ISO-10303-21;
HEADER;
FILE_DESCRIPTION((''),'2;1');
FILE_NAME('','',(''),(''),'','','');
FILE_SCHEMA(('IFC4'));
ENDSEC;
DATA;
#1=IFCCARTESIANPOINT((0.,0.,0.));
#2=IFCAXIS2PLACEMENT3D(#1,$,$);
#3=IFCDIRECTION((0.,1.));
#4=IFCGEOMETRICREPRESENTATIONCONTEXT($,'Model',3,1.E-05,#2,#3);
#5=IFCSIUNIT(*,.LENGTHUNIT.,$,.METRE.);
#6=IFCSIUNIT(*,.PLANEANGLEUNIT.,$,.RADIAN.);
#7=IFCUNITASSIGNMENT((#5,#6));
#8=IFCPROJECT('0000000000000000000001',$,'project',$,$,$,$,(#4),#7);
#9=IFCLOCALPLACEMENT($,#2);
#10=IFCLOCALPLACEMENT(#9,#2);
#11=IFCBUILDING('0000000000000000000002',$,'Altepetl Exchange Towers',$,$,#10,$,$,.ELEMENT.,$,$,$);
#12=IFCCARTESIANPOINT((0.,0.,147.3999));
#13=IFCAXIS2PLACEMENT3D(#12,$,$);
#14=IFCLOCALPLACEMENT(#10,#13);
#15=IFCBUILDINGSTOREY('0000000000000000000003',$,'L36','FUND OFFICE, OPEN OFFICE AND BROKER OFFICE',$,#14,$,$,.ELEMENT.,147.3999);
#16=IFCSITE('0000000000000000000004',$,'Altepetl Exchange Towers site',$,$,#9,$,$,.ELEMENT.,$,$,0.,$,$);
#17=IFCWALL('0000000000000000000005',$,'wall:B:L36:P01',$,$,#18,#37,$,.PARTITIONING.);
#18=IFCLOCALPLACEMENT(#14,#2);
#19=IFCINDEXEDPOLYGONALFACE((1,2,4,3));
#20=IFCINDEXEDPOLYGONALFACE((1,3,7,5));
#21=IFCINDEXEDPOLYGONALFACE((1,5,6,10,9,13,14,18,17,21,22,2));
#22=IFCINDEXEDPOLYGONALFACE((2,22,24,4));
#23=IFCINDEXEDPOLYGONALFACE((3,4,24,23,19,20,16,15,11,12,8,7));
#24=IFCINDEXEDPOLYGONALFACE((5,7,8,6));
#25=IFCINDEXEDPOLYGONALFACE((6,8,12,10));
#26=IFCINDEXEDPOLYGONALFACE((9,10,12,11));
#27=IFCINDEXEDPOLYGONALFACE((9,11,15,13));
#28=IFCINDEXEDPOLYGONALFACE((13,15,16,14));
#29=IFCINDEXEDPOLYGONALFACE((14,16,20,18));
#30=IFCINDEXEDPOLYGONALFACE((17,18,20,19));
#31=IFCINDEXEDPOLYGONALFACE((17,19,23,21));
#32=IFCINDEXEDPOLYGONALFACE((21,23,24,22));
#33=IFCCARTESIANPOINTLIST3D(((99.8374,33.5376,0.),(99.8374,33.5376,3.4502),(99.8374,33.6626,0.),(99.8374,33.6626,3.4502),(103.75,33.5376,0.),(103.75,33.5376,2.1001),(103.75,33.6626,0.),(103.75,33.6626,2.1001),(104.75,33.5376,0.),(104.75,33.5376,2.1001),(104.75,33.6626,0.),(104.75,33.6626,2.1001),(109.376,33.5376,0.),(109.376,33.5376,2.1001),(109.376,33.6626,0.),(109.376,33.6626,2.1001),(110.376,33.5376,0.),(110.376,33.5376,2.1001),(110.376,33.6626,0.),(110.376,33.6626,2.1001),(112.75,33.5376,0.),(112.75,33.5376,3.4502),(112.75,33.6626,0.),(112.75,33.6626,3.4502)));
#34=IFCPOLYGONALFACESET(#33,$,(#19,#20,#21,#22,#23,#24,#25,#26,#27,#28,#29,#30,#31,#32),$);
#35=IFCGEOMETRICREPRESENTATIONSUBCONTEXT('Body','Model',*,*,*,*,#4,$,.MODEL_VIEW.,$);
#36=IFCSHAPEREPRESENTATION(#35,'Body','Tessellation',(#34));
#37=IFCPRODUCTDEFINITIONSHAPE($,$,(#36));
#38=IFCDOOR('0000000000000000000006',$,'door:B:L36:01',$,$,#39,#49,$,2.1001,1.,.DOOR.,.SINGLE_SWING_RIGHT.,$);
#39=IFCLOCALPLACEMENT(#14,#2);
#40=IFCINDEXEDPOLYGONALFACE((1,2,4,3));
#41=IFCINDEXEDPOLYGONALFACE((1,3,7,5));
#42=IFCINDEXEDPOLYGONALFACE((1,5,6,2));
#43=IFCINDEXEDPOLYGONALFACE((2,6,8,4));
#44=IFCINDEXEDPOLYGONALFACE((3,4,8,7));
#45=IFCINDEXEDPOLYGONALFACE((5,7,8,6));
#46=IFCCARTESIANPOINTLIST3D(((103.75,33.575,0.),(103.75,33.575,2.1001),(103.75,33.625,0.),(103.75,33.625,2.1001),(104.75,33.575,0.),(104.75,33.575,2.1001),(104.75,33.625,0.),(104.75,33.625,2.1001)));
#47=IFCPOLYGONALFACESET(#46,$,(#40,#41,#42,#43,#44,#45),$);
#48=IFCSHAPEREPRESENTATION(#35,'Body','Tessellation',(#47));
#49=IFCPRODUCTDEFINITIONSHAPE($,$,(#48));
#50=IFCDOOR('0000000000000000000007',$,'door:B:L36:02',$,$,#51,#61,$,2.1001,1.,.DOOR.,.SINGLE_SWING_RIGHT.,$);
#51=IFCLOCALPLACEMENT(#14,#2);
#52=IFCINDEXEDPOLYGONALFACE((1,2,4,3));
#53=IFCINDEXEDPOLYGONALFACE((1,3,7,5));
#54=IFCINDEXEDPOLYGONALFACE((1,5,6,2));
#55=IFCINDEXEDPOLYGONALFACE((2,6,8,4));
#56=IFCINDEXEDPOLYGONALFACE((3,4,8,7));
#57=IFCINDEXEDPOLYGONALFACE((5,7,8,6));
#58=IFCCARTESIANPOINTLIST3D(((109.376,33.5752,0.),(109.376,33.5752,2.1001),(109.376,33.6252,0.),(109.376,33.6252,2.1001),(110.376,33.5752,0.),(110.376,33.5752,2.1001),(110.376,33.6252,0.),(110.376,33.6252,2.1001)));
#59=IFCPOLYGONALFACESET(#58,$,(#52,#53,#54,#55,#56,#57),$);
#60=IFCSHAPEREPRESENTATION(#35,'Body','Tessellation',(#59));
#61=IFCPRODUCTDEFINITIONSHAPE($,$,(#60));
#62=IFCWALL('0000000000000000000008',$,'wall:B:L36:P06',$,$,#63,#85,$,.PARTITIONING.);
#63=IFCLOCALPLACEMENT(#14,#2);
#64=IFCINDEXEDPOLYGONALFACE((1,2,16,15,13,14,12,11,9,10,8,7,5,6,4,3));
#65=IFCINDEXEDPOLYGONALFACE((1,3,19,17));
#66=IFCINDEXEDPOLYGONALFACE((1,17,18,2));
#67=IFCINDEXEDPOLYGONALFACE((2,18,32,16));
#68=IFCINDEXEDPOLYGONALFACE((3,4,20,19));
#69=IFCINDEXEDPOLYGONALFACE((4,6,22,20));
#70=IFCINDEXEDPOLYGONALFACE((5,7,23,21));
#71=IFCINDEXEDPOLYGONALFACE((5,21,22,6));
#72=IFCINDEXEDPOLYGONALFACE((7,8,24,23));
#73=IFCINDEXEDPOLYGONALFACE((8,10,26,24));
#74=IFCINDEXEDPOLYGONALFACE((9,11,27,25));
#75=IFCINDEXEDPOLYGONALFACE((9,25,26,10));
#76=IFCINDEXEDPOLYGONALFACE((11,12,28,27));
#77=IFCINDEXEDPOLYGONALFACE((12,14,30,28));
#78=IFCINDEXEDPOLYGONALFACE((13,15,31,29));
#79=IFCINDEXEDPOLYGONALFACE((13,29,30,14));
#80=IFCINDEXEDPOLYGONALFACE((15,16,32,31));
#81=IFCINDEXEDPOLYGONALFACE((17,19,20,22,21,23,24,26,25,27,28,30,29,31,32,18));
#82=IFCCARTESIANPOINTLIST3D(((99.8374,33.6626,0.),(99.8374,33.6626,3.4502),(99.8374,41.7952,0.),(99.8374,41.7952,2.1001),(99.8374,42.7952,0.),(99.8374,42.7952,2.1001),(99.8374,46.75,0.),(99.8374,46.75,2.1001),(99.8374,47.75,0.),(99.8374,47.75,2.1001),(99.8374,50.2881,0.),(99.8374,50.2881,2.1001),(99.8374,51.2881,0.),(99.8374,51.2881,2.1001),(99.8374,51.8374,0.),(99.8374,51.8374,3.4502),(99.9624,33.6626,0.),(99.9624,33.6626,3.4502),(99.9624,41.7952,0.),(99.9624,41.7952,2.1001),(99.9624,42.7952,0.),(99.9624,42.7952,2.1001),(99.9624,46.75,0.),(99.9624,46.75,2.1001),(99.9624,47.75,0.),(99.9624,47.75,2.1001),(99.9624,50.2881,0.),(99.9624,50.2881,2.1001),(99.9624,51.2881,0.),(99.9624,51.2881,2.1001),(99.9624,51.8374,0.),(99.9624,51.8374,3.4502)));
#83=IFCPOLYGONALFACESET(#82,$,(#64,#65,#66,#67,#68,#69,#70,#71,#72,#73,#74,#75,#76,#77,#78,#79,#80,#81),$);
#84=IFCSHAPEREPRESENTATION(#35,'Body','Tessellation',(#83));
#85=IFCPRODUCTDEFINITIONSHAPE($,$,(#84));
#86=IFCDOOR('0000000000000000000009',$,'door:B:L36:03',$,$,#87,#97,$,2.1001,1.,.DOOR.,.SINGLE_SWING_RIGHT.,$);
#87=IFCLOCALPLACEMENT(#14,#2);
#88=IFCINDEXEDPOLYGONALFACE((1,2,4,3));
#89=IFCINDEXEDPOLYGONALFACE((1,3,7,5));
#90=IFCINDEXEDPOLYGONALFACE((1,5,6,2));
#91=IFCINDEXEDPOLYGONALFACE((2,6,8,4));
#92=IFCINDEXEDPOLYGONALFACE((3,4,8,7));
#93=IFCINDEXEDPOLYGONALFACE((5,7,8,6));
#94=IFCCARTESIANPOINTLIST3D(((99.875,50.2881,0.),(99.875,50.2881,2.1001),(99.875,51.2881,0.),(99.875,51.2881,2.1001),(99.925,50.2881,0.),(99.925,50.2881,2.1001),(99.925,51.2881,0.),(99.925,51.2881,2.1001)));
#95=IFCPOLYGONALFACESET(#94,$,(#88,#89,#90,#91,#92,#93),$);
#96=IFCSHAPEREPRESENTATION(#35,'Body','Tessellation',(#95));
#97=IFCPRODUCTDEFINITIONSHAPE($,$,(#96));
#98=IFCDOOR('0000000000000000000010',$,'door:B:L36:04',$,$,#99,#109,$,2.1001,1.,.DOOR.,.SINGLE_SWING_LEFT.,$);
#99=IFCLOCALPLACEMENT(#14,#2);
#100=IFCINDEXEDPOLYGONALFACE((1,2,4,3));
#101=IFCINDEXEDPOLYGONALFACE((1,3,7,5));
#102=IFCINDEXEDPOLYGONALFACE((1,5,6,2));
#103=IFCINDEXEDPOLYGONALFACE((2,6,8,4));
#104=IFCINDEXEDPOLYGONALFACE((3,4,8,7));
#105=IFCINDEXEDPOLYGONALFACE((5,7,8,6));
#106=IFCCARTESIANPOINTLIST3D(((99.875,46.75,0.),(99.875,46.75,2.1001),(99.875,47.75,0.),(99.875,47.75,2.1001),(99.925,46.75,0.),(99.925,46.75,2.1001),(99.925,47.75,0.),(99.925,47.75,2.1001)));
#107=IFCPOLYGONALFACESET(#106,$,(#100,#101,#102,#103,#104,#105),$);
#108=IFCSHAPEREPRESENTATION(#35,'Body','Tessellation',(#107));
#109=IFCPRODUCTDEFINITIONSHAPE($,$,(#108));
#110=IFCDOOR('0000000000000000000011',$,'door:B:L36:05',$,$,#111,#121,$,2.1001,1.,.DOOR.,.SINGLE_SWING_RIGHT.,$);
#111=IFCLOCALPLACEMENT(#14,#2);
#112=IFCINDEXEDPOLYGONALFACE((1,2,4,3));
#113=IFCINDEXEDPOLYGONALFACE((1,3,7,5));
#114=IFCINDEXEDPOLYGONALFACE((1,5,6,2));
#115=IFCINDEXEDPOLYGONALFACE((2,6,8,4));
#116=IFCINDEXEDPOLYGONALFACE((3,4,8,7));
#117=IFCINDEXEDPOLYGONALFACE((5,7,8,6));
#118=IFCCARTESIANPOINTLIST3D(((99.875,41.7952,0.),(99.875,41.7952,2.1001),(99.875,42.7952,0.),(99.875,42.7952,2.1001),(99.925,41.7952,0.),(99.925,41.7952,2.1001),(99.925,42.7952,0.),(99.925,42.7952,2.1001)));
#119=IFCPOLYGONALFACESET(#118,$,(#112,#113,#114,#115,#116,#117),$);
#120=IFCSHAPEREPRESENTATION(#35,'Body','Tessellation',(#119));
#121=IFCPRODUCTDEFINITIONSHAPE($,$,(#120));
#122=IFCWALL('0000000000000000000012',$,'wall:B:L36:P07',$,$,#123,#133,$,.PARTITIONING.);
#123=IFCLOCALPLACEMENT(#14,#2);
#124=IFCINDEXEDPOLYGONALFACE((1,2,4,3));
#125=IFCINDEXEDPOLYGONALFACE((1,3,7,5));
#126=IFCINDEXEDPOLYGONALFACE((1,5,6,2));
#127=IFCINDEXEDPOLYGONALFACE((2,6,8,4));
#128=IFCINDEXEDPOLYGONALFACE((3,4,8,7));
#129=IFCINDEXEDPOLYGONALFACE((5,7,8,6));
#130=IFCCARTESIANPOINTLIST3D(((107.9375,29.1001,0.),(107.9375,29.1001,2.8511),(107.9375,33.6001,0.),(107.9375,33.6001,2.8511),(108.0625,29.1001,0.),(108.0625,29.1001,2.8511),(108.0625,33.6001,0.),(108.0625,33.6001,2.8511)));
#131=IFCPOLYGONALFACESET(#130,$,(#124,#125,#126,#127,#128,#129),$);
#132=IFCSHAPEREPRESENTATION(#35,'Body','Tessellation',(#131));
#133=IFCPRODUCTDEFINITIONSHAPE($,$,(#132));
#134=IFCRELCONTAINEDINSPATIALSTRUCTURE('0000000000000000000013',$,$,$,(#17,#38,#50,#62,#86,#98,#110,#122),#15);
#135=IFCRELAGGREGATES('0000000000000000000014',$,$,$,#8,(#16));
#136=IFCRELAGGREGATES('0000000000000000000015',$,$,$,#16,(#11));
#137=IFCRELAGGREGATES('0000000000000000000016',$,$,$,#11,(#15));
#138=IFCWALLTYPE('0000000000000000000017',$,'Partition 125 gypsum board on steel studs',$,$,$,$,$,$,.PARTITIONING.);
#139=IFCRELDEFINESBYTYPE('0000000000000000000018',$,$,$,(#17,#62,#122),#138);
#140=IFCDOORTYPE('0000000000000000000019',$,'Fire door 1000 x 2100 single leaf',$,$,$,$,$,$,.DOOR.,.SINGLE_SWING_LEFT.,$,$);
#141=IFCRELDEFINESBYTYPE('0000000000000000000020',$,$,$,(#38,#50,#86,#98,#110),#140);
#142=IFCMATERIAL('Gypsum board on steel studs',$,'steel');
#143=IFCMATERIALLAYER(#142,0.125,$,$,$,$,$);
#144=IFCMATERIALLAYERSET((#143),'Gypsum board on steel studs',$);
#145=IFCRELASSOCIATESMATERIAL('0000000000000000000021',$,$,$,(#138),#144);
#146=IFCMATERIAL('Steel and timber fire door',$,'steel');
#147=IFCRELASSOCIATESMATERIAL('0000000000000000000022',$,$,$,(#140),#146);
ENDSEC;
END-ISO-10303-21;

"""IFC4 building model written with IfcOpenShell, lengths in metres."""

from ifc_helpers import new_model, si_unit, direction, frame, frame_2d, origin, place, context, subcontext, project, spatial, rectangle, extrude, material, layer, layer_set, type_object, element, fill, save


model = new_model("IFC4")

# Units and contexts
model_context = context("Model", 3, precision=1e-05, world=origin(), true_north=direction((0.0, 1.0)))
body_context = subcontext(model_context, "Body", "Model", "MODEL_VIEW")
ifc_project = project(units=[si_unit("LENGTHUNIT", "METRE"), si_unit("PLANEANGLEUNIT", "RADIAN")], contexts=[model_context])

# Site, building, storey
site_placement = place(None, origin())
site = spatial("IfcSite", under=ifc_project, at=site_placement, Name="Altepetl Exchange Towers site", CompositionType="ELEMENT", RefElevation=0.0)
building_placement = place(site_placement, origin())
building = spatial("IfcBuilding", under=site, at=building_placement, Name="Altepetl Exchange Towers", CompositionType="ELEMENT")
storey_placement = place(building_placement, frame((0.0, 0.0, 147.3999)))
storey = spatial("IfcBuildingStorey", under=building, at=storey_placement, Name="L36", Description="FUND OFFICE, OPEN OFFICE AND BROKER OFFICE", CompositionType="ELEMENT", Elevation=147.3999)

# Walls, openings, doors
ifc_material_1 = material(Name="Gypsum board on steel studs", Category="steel")
ifc_layer_1 = layer(ifc_material_1, 0.125)
ifc_layer_set_1 = layer_set([ifc_layer_1], Name="Gypsum board on steel studs")
wall_type_1 = type_object("IfcWallType", Name="Partition 125 gypsum board on steel studs", PredefinedType="PARTITIONING", material=ifc_layer_set_1)
wall_1_placement = place(storey_placement, frame((99.8374, 33.6001, 0.0)))
wall_1 = element("IfcWall", 1, at=wall_1_placement, inside=storey, type_object=wall_type_1, Name="wall:B:L36:P01", PredefinedType="PARTITIONING", context=body_context, shape_type="SweptSolid", body=[
    extrude(rectangle(XDim=12.9126, YDim=0.125, at=frame_2d((6.4563, 0.0))), origin(), (0.0, 0.0, 1.0), 3.4502),
])
opening_1_placement = place(wall_1_placement, frame((3.9126, 0.0, 0.0)))
opening_1 = element("IfcOpeningElement", 2, at=opening_1_placement, cuts=wall_1, PredefinedType="OPENING", context=body_context, shape_type="SweptSolid", body=[
    extrude(rectangle(XDim=1.0, YDim=2.1001, at=frame_2d((0.5, 1.05))), frame((0.0, 0.0725, 0.0), z_axis=(0.0, -1.0, 0.0), x_axis=(1.0, 0.0, 0.0)), (0.0, 0.0, 1.0), 0.145),
])
opening_2_placement = place(wall_1_placement, frame((9.5386, 0.0, 0.0)))
opening_2 = element("IfcOpeningElement", 3, at=opening_2_placement, cuts=wall_1, PredefinedType="OPENING", context=body_context, shape_type="SweptSolid", body=[
    extrude(rectangle(XDim=1.0, YDim=2.1001, at=frame_2d((0.5, 1.05))), frame((0.0, 0.0725, 0.0), z_axis=(0.0, -1.0, 0.0), x_axis=(1.0, 0.0, 0.0)), (0.0, 0.0, 1.0), 0.145),
])
ifc_material_2 = material(Name="Steel and timber fire door", Category="steel")
door_type_1 = type_object("IfcDoorType", Name="Fire door 1000 x 2100 single leaf", OperationType="SINGLE_SWING_LEFT", PredefinedType="DOOR", material=ifc_material_2)
door_1_placement = place(opening_1_placement, origin())
door_1 = element("IfcDoor", 4, at=door_1_placement, inside=storey, type_object=door_type_1, Name="door:B:L36:01", OperationType="SINGLE_SWING_RIGHT", OverallHeight=2.1001, OverallWidth=1.0, PredefinedType="DOOR", context=body_context, shape_type="SweptSolid", body=[
    extrude(rectangle(XDim=1.0, YDim=2.1001, at=frame_2d((0.5, 1.05))), frame((0.0, 0.0249, 0.0), z_axis=(0.0, -1.0, 0.0), x_axis=(1.0, 0.0, 0.0)), (0.0, 0.0, 1.0), 0.05),
])
fill(opening_1, door_1)
door_2_placement = place(opening_2_placement, frame((1.0, 0.0, 0.0), x_axis=(-1.0, 0.0, 0.0)))
door_2 = element("IfcDoor", 5, at=door_2_placement, inside=storey, type_object=door_type_1, Name="door:B:L36:02", OperationType="SINGLE_SWING_RIGHT", OverallHeight=2.1001, OverallWidth=1.0, PredefinedType="DOOR", context=body_context, shape_type="SweptSolid", body=[
    extrude(rectangle(XDim=1.0, YDim=2.1001, at=frame_2d((0.5, 1.05))), frame((0.0, 0.0249, 0.0), z_axis=(0.0, -1.0, 0.0), x_axis=(1.0, 0.0, 0.0)), (0.0, 0.0, 1.0), 0.05),
])
fill(opening_2, door_2)
wall_2_placement = place(storey_placement, frame((99.8999, 33.6626, 0.0), z_axis=(0.0, 0.0, 1.0), x_axis=(0.0, 1.0, 0.0)))
wall_2 = element("IfcWall", 6, at=wall_2_placement, inside=storey, type_object=wall_type_1, Name="wall:B:L36:P06", PredefinedType="PARTITIONING", context=body_context, shape_type="SweptSolid", body=[
    extrude(rectangle(XDim=18.1748, YDim=0.125, at=frame_2d((9.0874, 0.0))), origin(), (0.0, 0.0, 1.0), 3.4502),
])
opening_3_placement = place(wall_2_placement, frame((16.6255, 0.0, 0.0)))
opening_3 = element("IfcOpeningElement", 7, at=opening_3_placement, cuts=wall_2, PredefinedType="OPENING", context=body_context, shape_type="SweptSolid", body=[
    extrude(rectangle(XDim=1.0, YDim=2.1001, at=frame_2d((0.5, 1.05))), frame((0.0, 0.0725, 0.0), z_axis=(0.0, -1.0, 0.0), x_axis=(1.0, 0.0, 0.0)), (0.0, 0.0, 1.0), 0.145),
])
opening_4_placement = place(wall_2_placement, frame((13.0874, 0.0, 0.0)))
opening_4 = element("IfcOpeningElement", 8, at=opening_4_placement, cuts=wall_2, PredefinedType="OPENING", context=body_context, shape_type="SweptSolid", body=[
    extrude(rectangle(XDim=1.0, YDim=2.1001, at=frame_2d((0.5, 1.05))), frame((0.0, 0.0725, 0.0), z_axis=(0.0, -1.0, 0.0), x_axis=(1.0, 0.0, 0.0)), (0.0, 0.0, 1.0), 0.145),
])
opening_5_placement = place(wall_2_placement, frame((8.1326, 0.0, 0.0)))
opening_5 = element("IfcOpeningElement", 9, at=opening_5_placement, cuts=wall_2, PredefinedType="OPENING", context=body_context, shape_type="SweptSolid", body=[
    extrude(rectangle(XDim=1.0, YDim=2.1001, at=frame_2d((0.5, 1.05))), frame((0.0, 0.0725, 0.0), z_axis=(0.0, -1.0, 0.0), x_axis=(1.0, 0.0, 0.0)), (0.0, 0.0, 1.0), 0.145),
])
door_3_placement = place(opening_3_placement, origin())
door_3 = element("IfcDoor", 10, at=door_3_placement, inside=storey, type_object=door_type_1, Name="door:B:L36:03", OperationType="SINGLE_SWING_RIGHT", OverallHeight=2.1001, OverallWidth=1.0, PredefinedType="DOOR", context=body_context, shape_type="SweptSolid", body=[
    extrude(rectangle(XDim=1.0, YDim=2.1001, at=frame_2d((0.5, 1.05))), frame((0.0, 0.0249, 0.0), z_axis=(0.0, -1.0, 0.0), x_axis=(1.0, 0.0, 0.0)), (0.0, 0.0, 1.0), 0.05),
])
fill(opening_3, door_3)
door_4_placement = place(opening_4_placement, origin())
door_4 = element("IfcDoor", 11, at=door_4_placement, inside=storey, type_object=door_type_1, Name="door:B:L36:04", OperationType="SINGLE_SWING_LEFT", OverallHeight=2.1001, OverallWidth=1.0, PredefinedType="DOOR", context=body_context, shape_type="SweptSolid", body=[
    extrude(rectangle(XDim=1.0, YDim=2.1001, at=frame_2d((0.5, 1.05))), frame((0.0, 0.0249, 0.0), z_axis=(0.0, -1.0, 0.0), x_axis=(1.0, 0.0, 0.0)), (0.0, 0.0, 1.0), 0.05),
])
fill(opening_4, door_4)
door_5_placement = place(opening_5_placement, origin())
door_5 = element("IfcDoor", 12, at=door_5_placement, inside=storey, type_object=door_type_1, Name="door:B:L36:05", OperationType="SINGLE_SWING_RIGHT", OverallHeight=2.1001, OverallWidth=1.0, PredefinedType="DOOR", context=body_context, shape_type="SweptSolid", body=[
    extrude(rectangle(XDim=1.0, YDim=2.1001, at=frame_2d((0.5, 1.05))), frame((0.0, 0.0249, 0.0), z_axis=(0.0, -1.0, 0.0), x_axis=(1.0, 0.0, 0.0)), (0.0, 0.0, 1.0), 0.05),
])
fill(opening_5, door_5)

# Wall
wall_3_placement = place(storey_placement, frame((108.0, 29.1001, 0.0), z_axis=(0.0, 0.0, 1.0), x_axis=(0.0, 1.0, 0.0)))
element("IfcWall", 13, at=wall_3_placement, inside=storey, type_object=wall_type_1, Name="wall:B:L36:P07", PredefinedType="PARTITIONING", context=body_context, shape_type="SweptSolid", body=[
    extrude(rectangle(XDim=4.5, YDim=0.125, at=frame_2d((2.25, 0.0))), origin(), (0.0, 0.0, 1.0), 2.8511),
])

save(model, "model.ifc")
